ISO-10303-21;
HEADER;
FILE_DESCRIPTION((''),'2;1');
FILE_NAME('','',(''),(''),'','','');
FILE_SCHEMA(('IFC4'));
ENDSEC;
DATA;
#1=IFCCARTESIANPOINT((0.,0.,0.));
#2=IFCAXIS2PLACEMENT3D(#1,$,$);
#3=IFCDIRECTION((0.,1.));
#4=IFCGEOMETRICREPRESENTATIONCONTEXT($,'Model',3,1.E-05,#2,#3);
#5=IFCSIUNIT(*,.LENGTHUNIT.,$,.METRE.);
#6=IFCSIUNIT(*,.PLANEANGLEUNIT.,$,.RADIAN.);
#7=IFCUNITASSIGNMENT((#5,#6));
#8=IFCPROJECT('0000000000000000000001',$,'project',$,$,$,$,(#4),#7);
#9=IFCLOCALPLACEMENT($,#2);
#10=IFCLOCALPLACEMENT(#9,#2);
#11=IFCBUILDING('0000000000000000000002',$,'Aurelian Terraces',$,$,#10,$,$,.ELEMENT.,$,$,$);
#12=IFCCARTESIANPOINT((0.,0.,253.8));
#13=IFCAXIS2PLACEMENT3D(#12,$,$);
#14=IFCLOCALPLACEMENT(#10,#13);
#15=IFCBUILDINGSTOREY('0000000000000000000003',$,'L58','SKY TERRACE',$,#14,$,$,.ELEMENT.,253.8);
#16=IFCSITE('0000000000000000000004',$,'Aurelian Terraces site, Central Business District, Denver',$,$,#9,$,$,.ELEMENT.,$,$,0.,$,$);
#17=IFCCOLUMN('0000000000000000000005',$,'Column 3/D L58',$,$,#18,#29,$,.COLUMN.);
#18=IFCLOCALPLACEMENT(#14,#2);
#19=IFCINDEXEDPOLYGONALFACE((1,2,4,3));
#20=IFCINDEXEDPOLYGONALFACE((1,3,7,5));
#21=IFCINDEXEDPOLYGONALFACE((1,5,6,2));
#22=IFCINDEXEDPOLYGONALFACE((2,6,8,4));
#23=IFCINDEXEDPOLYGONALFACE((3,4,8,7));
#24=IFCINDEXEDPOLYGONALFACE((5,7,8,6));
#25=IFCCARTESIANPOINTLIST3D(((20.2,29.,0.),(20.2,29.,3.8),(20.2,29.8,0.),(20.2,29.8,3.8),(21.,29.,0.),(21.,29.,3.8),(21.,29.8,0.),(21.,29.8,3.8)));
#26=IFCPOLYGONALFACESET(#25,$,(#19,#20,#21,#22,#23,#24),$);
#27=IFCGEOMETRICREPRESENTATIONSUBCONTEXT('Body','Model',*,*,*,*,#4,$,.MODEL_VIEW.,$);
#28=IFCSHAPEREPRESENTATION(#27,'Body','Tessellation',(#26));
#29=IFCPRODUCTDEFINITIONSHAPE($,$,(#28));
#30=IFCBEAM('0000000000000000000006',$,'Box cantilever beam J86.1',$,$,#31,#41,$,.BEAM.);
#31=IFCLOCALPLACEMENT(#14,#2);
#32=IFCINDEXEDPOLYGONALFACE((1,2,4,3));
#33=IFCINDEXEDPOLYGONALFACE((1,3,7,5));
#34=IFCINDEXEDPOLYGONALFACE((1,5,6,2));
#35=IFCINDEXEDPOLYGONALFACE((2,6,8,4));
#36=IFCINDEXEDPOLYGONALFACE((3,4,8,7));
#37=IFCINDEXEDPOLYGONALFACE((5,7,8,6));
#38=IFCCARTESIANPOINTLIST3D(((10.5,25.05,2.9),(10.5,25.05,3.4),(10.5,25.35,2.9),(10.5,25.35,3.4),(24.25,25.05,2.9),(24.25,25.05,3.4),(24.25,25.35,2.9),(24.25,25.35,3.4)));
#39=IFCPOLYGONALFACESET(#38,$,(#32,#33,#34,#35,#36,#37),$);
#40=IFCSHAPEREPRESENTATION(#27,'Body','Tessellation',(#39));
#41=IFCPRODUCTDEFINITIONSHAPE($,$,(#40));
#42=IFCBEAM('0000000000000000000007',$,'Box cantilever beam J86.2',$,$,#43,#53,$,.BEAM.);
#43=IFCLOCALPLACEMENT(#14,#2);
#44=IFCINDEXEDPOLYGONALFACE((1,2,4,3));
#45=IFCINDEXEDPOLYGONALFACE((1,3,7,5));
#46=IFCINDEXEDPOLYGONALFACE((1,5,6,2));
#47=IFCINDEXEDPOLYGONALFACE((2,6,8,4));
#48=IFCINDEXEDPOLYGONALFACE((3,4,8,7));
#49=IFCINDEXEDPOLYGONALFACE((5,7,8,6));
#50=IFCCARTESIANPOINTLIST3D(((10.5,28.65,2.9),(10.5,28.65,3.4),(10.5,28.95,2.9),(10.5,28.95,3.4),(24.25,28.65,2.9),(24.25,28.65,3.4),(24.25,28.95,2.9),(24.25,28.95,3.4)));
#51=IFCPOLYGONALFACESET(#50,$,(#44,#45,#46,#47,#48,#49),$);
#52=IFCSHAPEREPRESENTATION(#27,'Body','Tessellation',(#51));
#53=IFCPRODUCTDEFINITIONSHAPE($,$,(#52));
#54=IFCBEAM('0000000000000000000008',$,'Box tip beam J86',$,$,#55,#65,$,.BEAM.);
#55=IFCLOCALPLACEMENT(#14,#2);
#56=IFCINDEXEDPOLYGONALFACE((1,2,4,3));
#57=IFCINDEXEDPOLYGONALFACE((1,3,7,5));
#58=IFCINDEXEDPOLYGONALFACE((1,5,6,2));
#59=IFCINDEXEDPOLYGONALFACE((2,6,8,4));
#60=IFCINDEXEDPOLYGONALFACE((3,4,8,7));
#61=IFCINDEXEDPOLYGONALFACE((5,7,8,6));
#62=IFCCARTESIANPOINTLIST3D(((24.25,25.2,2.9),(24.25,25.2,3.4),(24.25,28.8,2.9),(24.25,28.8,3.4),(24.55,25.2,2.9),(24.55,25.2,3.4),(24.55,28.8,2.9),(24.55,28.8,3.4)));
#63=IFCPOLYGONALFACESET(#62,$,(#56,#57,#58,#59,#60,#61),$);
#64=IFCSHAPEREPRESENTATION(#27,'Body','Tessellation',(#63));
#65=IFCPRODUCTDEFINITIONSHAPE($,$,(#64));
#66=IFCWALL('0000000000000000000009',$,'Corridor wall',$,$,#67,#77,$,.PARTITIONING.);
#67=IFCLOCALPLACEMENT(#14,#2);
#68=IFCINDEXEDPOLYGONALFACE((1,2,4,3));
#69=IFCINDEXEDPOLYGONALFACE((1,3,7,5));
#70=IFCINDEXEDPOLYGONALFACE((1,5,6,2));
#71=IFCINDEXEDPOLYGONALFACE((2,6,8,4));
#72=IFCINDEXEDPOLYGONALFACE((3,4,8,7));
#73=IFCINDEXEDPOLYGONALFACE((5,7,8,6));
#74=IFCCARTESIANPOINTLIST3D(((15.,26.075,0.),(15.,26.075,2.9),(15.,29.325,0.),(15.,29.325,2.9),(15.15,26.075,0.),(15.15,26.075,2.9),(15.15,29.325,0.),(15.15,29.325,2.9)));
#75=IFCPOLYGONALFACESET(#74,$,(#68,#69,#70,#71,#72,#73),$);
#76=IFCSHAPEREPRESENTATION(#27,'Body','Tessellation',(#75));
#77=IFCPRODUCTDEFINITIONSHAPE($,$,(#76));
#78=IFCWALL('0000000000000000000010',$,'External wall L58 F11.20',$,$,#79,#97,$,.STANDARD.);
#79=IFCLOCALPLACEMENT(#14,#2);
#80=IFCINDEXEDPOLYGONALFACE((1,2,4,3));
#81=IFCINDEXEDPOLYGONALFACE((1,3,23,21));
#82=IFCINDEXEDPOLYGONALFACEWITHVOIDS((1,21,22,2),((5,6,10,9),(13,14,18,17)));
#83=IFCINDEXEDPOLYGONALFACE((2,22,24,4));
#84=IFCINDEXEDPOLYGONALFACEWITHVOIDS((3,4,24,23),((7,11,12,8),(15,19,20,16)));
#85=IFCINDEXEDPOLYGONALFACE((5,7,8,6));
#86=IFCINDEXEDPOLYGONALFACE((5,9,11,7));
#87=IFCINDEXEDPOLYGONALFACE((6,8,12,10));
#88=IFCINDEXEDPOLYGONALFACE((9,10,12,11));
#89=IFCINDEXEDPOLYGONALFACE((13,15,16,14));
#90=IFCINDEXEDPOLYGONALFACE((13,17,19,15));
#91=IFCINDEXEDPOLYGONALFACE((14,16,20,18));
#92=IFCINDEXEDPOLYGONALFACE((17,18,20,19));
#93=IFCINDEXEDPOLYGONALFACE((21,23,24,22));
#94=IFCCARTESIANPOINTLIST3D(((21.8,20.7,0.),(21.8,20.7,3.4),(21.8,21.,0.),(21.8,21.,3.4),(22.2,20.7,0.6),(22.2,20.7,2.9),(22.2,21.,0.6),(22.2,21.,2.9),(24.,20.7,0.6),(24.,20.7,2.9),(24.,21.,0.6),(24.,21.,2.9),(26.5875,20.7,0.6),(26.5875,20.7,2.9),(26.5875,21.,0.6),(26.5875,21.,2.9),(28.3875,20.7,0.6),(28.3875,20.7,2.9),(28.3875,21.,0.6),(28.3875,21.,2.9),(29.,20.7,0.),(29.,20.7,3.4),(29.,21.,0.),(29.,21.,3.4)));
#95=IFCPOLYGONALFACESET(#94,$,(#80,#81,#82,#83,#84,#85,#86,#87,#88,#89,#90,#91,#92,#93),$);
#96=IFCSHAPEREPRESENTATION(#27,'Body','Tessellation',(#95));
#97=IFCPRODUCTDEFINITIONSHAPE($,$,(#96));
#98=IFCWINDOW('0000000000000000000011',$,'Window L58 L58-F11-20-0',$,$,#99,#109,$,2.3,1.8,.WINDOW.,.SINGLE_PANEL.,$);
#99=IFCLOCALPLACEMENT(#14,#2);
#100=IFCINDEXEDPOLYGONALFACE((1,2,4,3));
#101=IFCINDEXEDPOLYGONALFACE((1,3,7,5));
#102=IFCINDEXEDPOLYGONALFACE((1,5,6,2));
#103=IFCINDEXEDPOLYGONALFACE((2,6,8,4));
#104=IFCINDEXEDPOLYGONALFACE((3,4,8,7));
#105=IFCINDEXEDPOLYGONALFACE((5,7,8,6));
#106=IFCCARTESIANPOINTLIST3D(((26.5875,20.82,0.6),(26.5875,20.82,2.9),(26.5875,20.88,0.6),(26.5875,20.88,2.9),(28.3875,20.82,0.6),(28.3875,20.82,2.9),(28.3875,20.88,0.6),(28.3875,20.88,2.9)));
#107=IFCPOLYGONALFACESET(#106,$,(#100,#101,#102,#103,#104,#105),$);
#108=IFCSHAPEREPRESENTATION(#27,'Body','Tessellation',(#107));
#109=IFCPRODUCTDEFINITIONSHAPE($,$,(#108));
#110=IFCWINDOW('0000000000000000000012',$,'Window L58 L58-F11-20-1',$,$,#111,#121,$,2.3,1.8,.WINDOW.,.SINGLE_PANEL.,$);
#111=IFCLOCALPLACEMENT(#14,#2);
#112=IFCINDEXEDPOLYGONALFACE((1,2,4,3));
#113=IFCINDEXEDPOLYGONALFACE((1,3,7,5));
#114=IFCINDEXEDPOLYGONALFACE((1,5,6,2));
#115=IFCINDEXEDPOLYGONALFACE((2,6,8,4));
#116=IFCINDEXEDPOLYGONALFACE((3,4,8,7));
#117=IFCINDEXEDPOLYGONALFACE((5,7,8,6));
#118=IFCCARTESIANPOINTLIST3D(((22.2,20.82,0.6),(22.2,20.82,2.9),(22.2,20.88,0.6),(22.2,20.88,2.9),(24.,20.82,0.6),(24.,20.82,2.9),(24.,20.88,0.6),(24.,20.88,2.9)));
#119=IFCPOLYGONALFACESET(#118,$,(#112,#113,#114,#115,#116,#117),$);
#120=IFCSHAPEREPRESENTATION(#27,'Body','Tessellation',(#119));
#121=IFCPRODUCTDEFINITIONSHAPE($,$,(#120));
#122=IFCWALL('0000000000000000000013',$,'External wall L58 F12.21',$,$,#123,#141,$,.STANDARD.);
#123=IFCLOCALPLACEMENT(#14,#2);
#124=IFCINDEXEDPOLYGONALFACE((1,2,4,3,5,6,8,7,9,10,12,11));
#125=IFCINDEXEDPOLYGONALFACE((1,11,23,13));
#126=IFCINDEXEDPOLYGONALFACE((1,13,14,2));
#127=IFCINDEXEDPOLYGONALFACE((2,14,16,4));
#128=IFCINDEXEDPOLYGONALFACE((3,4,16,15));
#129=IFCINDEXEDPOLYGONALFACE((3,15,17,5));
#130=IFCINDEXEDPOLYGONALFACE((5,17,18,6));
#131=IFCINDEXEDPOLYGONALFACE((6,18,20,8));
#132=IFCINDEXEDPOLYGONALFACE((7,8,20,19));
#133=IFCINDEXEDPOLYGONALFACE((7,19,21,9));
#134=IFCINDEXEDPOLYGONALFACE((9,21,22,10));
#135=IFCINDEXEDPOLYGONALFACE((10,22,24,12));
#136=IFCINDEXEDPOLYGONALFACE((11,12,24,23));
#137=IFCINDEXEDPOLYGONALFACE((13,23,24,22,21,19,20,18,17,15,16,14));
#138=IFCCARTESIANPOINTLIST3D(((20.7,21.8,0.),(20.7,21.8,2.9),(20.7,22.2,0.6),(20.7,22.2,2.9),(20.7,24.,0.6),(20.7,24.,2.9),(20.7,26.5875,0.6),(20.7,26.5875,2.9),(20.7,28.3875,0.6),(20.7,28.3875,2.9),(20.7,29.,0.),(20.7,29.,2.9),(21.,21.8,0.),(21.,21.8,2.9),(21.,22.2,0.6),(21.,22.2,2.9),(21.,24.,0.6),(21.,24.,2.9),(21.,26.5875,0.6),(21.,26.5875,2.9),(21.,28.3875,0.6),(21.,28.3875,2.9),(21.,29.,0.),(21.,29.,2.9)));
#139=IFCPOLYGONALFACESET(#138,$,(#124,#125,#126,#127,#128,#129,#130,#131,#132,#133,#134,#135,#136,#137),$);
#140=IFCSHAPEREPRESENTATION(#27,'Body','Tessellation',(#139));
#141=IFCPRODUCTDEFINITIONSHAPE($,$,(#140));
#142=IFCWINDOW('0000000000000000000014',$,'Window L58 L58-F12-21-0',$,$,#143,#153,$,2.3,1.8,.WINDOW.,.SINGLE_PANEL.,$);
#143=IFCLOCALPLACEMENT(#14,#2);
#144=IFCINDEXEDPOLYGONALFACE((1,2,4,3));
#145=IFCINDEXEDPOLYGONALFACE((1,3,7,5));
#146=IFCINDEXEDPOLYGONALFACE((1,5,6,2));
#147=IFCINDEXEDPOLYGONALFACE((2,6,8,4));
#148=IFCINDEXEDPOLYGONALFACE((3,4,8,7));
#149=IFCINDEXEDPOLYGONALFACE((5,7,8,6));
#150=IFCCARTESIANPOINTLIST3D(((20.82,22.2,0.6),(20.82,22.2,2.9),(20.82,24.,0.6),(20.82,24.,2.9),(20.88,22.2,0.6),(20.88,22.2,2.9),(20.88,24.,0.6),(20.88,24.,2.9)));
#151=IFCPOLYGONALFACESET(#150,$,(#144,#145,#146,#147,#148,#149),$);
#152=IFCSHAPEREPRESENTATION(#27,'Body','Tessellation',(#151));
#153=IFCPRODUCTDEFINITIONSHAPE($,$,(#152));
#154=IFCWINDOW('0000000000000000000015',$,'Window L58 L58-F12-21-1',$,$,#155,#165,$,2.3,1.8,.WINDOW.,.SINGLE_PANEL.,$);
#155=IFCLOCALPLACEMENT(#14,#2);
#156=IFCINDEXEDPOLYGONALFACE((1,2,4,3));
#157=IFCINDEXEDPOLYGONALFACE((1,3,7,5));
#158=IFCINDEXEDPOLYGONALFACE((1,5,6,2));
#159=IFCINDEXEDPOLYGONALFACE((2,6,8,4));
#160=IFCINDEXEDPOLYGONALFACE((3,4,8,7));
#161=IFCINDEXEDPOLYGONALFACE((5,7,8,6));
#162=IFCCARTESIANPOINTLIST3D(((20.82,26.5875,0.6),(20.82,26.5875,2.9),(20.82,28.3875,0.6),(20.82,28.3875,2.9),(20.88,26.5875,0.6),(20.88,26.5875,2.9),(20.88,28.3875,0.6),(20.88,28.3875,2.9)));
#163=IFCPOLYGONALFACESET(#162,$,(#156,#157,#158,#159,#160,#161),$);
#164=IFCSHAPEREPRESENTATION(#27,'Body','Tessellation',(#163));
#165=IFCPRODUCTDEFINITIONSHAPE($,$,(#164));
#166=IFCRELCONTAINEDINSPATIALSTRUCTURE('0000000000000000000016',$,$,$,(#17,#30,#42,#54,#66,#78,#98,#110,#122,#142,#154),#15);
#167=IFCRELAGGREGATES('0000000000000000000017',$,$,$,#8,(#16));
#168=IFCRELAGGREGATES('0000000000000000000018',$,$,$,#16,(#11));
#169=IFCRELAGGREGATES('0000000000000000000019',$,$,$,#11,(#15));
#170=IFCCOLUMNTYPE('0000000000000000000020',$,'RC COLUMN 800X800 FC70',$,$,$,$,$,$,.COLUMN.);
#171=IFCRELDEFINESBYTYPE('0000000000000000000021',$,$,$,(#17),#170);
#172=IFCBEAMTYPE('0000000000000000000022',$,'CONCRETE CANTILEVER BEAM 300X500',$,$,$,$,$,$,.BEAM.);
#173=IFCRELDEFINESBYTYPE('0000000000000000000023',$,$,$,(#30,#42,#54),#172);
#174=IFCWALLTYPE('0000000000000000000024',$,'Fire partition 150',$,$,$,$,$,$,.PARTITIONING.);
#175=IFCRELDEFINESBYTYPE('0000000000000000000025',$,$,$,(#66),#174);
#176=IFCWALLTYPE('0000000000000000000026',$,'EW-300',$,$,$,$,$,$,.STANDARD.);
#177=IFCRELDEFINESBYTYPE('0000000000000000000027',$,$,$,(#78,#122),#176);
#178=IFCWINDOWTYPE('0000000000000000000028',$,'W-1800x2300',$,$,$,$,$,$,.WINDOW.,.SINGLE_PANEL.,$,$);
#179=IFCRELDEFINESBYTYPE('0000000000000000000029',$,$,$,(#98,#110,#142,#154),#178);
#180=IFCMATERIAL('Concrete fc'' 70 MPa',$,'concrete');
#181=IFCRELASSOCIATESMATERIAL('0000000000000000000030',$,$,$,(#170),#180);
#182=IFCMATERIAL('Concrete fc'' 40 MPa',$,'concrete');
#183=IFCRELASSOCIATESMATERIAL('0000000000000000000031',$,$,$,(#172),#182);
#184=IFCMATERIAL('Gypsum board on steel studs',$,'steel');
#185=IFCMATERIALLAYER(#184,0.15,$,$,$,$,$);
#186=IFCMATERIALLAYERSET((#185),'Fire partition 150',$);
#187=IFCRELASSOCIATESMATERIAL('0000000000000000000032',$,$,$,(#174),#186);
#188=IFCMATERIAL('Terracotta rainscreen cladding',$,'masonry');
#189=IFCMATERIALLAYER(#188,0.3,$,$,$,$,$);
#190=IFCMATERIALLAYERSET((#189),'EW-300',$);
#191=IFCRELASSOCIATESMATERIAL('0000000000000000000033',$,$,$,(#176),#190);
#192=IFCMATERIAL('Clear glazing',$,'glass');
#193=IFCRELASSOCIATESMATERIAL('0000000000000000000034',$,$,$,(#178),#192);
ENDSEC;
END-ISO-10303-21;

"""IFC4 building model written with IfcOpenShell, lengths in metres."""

from ifc_helpers import new_model, si_unit, direction, frame, frame_2d, origin, origin_2d, place, context, subcontext, project, spatial, rectangle, extrude, source, transform, mapped, material, layer, layer_set, material_profile, profile_set, type_object, element, fill, save


model = new_model("IFC4")

# Units and contexts
model_context = context("Model", 3, precision=1e-05, world=origin(), true_north=direction((0.0, 1.0)))
body_context = subcontext(model_context, "Body", "Model", "MODEL_VIEW")
ifc_project = project(units=[si_unit("LENGTHUNIT", "METRE"), si_unit("PLANEANGLEUNIT", "RADIAN")], contexts=[model_context])

# Site, building, storey
site_placement = place(None, origin())
site = spatial("IfcSite", under=ifc_project, at=site_placement, Name="Aurelian Terraces site, Central Business District, Denver", CompositionType="ELEMENT", RefElevation=0.0)
building_placement = place(site_placement, origin())
building = spatial("IfcBuilding", under=site, at=building_placement, Name="Aurelian Terraces", CompositionType="ELEMENT")
storey_placement = place(building_placement, frame((0.0, 0.0, 253.8)))
storey = spatial("IfcBuildingStorey", under=building, at=storey_placement, Name="L58", Description="SKY TERRACE", CompositionType="ELEMENT", Elevation=253.8)

# Column
ifc_material_1 = material(Name="Concrete fc' 70 MPa", Category="concrete")
ifc_material_profile_1 = material_profile(ifc_material_1, rectangle(XDim=0.8, YDim=0.8, at=origin_2d()))
ifc_profile_set_1 = profile_set([ifc_material_profile_1], Name="Concrete fc' 70 MPa")
column_type = type_object("IfcColumnType", Name="RC COLUMN 800X800 FC70", PredefinedType="COLUMN", material=ifc_profile_set_1)
shared_shape_1 = source(origin(), body_context, "Body", "SweptSolid", [
    extrude(rectangle(XDim=0.8, YDim=0.8, at=origin_2d()), origin(), (0.0, 0.0, 1.0), 3.8),
])
column_placement = place(storey_placement, frame((20.6, 29.4, 0.0), z_axis=(0.0, 0.0, 1.0), x_axis=(1.0, 0.0, 0.0)))
element("IfcColumn", 1, at=column_placement, inside=storey, type_object=column_type, Name="Column 3/D L58", PredefinedType="COLUMN", context=body_context, shape_type="MappedRepresentation", body=[
    mapped(shared_shape_1, transform((0.0, 0.0, 0.0), scale=1.0)),
])

# Beams
ifc_material_2 = material(Name="Concrete fc' 40 MPa", Category="concrete")
ifc_material_profile_2 = material_profile(ifc_material_2, rectangle(XDim=0.3, YDim=0.5, at=origin_2d()))
ifc_profile_set_2 = profile_set([ifc_material_profile_2], Name="Concrete fc' 40 MPa")
beam_type = type_object("IfcBeamType", Name="CONCRETE CANTILEVER BEAM 300X500", PredefinedType="BEAM", material=ifc_profile_set_2)
shared_shape_2 = source(origin(), body_context, "Body", "SweptSolid", [
    extrude(rectangle(XDim=0.3, YDim=0.5, at=origin_2d()), origin(), (0.0, 0.0, 1.0), 13.75),
])
for number, where, z_axis, x_axis, name in (
    (2, (24.25, 25.2, 3.15), (-1.0, 0.0, 0.0), (0.0, -1.0, 0.0), "Box cantilever beam J86.1"),
    (3, (24.25, 28.8, 3.15), (-1.0, 0.0, 0.0), (0.0, -1.0, 0.0), "Box cantilever beam J86.2"),
):
    element("IfcBeam", number, at=place(storey_placement, frame(where, z_axis=z_axis, x_axis=x_axis)), inside=storey, type_object=beam_type, Name=name, PredefinedType="BEAM", context=body_context, shape_type="MappedRepresentation", body=[
        mapped(shared_shape_2, transform((0.0, 0.0, 0.0), scale=1.0)),
    ])
shared_shape_3 = source(origin(), body_context, "Body", "SweptSolid", [
    extrude(rectangle(XDim=0.3, YDim=0.5, at=origin_2d()), origin(), (0.0, 0.0, 1.0), 3.6),
])
beam_placement = place(storey_placement, frame((24.4, 25.2, 3.15), z_axis=(0.0, 1.0, 0.0), x_axis=(-1.0, 0.0, 0.0)))
element("IfcBeam", 4, at=beam_placement, inside=storey, type_object=beam_type, Name="Box tip beam J86", PredefinedType="BEAM", context=body_context, shape_type="MappedRepresentation", body=[
    mapped(shared_shape_3, transform((0.0, 0.0, 0.0), scale=1.0)),
])

# Wall
ifc_material_3 = material(Name="Gypsum board on steel studs", Category="steel")
ifc_layer_1 = layer(ifc_material_3, 0.15)
ifc_layer_set_1 = layer_set([ifc_layer_1], Name="Fire partition 150")
wall_type_1 = type_object("IfcWallType", Name="Fire partition 150", PredefinedType="PARTITIONING", material=ifc_layer_set_1)
wall_1_placement = place(storey_placement, frame((15.075, 26.075, 0.0), z_axis=(0.0, 0.0, 1.0), x_axis=(0.0, 1.0, 0.0)))
element("IfcWall", 5, at=wall_1_placement, inside=storey, type_object=wall_type_1, Name="Corridor wall", PredefinedType="PARTITIONING", context=body_context, shape_type="SweptSolid", body=[
    extrude(rectangle(XDim=3.25, YDim=0.15, at=frame_2d((1.625, 0.0))), origin(), (0.0, 0.0, 1.0), 2.9),
])

# Walls, openings, windows
ifc_material_4 = material(Name="Terracotta rainscreen cladding", Category="masonry")
ifc_layer_2 = layer(ifc_material_4, 0.3)
ifc_layer_set_2 = layer_set([ifc_layer_2], Name="EW-300")
wall_type_2 = type_object("IfcWallType", Name="EW-300", PredefinedType="STANDARD", material=ifc_layer_set_2)
shared_shape_4 = source(origin(), body_context, "Body", "SweptSolid", [
    extrude(rectangle(XDim=7.2, YDim=0.3, at=frame_2d((3.6, 0.0))), origin(), (0.0, 0.0, 1.0), 3.4),
])
wall_2_placement = place(storey_placement, frame((29.0, 20.85, 0.0), z_axis=(0.0, 0.0, 1.0), x_axis=(-1.0, 0.0, 0.0)))
wall_2 = element("IfcWall", 6, at=wall_2_placement, inside=storey, type_object=wall_type_2, Name="External wall L58 F11.20", PredefinedType="STANDARD", context=body_context, shape_type="MappedRepresentation", body=[
    mapped(shared_shape_4, transform((0.0, 0.0, 0.0), scale=1.0)),
])
shared_shape_5 = source(origin(), body_context, "Body", "SweptSolid", [
    extrude(rectangle(XDim=1.8, YDim=2.3, at=frame_2d((0.9, 1.15))), frame((0.0, 0.16, 0.0), z_axis=(0.0, -1.0, 0.0), x_axis=(1.0, 0.0, 0.0)), (0.0, 0.0, 1.0), 0.32),
])
opening_1_placement = place(wall_2_placement, frame((0.6125, 0.0, 0.6)))
opening_1 = element("IfcOpeningElement", 7, at=opening_1_placement, cuts=wall_2, PredefinedType="OPENING", context=body_context, shape_type="MappedRepresentation", body=[
    mapped(shared_shape_5, transform((0.0, 0.0, 0.0), scale=1.0)),
])
opening_2_placement = place(wall_2_placement, frame((5.0, 0.0, 0.6)))
opening_2 = element("IfcOpeningElement", 8, at=opening_2_placement, cuts=wall_2, PredefinedType="OPENING", context=body_context, shape_type="MappedRepresentation", body=[
    mapped(shared_shape_5, transform((0.0, 0.0, 0.0), scale=1.0)),
])
ifc_material_5 = material(Name="Clear glazing", Category="glass")
window_type = type_object("IfcWindowType", Name="W-1800x2300", PartitioningType="SINGLE_PANEL", PredefinedType="WINDOW", material=ifc_material_5)
shared_shape_6 = source(origin(), body_context, "Body", "SweptSolid", [
    extrude(rectangle(XDim=1.8, YDim=2.3, at=frame_2d((0.9, 1.15))), frame((0.0, 0.03, 0.0), z_axis=(0.0, -1.0, 0.0), x_axis=(1.0, 0.0, 0.0)), (0.0, 0.0, 1.0), 0.06),
])
window_1_placement = place(opening_1_placement, origin())
window_1 = element("IfcWindow", 9, at=window_1_placement, inside=storey, type_object=window_type, Name="Window L58 L58-F11-20-0", OverallHeight=2.3, OverallWidth=1.8, PartitioningType="SINGLE_PANEL", PredefinedType="WINDOW", context=body_context, shape_type="MappedRepresentation", body=[
    mapped(shared_shape_6, transform((0.0, 0.0, 0.0), scale=1.0)),
])
fill(opening_1, window_1)
window_2_placement = place(opening_2_placement, origin())
window_2 = element("IfcWindow", 10, at=window_2_placement, inside=storey, type_object=window_type, Name="Window L58 L58-F11-20-1", OverallHeight=2.3, OverallWidth=1.8, PartitioningType="SINGLE_PANEL", PredefinedType="WINDOW", context=body_context, shape_type="MappedRepresentation", body=[
    mapped(shared_shape_6, transform((0.0, 0.0, 0.0), scale=1.0)),
])
fill(opening_2, window_2)
shared_shape_7 = source(origin(), body_context, "Body", "SweptSolid", [
    extrude(rectangle(XDim=7.2, YDim=0.3, at=frame_2d((3.6, 0.0))), origin(), (0.0, 0.0, 1.0), 2.9),
])
wall_3_placement = place(storey_placement, frame((20.85, 21.8, 0.0), z_axis=(0.0, 0.0, 1.0), x_axis=(0.0, 1.0, 0.0)))
wall_3 = element("IfcWall", 11, at=wall_3_placement, inside=storey, type_object=wall_type_2, Name="External wall L58 F12.21", PredefinedType="STANDARD", context=body_context, shape_type="MappedRepresentation", body=[
    mapped(shared_shape_7, transform((0.0, 0.0, 0.0), scale=1.0)),
])
opening_3_placement = place(wall_3_placement, frame((0.4, 0.0, 0.6)))
opening_3 = element("IfcOpeningElement", 12, at=opening_3_placement, cuts=wall_3, PredefinedType="OPENING", context=body_context, shape_type="MappedRepresentation", body=[
    mapped(shared_shape_5, transform((0.0, 0.0, 0.0), scale=1.0)),
])
opening_4_placement = place(wall_3_placement, frame((4.7875, 0.0, 0.6)))
opening_4 = element("IfcOpeningElement", 13, at=opening_4_placement, cuts=wall_3, PredefinedType="OPENING", context=body_context, shape_type="MappedRepresentation", body=[
    mapped(shared_shape_5, transform((0.0, 0.0, 0.0), scale=1.0)),
])
window_3_placement = place(opening_3_placement, origin())
window_3 = element("IfcWindow", 14, at=window_3_placement, inside=storey, type_object=window_type, Name="Window L58 L58-F12-21-0", OverallHeight=2.3, OverallWidth=1.8, PartitioningType="SINGLE_PANEL", PredefinedType="WINDOW", context=body_context, shape_type="MappedRepresentation", body=[
    mapped(shared_shape_6, transform((0.0, 0.0, 0.0), scale=1.0)),
])
fill(opening_3, window_3)
window_4_placement = place(opening_4_placement, origin())
window_4 = element("IfcWindow", 15, at=window_4_placement, inside=storey, type_object=window_type, Name="Window L58 L58-F12-21-1", OverallHeight=2.3, OverallWidth=1.8, PartitioningType="SINGLE_PANEL", PredefinedType="WINDOW", context=body_context, shape_type="MappedRepresentation", body=[
    mapped(shared_shape_6, transform((0.0, 0.0, 0.0), scale=1.0)),
])
fill(opening_4, window_4)

save(model, "model.ifc")
